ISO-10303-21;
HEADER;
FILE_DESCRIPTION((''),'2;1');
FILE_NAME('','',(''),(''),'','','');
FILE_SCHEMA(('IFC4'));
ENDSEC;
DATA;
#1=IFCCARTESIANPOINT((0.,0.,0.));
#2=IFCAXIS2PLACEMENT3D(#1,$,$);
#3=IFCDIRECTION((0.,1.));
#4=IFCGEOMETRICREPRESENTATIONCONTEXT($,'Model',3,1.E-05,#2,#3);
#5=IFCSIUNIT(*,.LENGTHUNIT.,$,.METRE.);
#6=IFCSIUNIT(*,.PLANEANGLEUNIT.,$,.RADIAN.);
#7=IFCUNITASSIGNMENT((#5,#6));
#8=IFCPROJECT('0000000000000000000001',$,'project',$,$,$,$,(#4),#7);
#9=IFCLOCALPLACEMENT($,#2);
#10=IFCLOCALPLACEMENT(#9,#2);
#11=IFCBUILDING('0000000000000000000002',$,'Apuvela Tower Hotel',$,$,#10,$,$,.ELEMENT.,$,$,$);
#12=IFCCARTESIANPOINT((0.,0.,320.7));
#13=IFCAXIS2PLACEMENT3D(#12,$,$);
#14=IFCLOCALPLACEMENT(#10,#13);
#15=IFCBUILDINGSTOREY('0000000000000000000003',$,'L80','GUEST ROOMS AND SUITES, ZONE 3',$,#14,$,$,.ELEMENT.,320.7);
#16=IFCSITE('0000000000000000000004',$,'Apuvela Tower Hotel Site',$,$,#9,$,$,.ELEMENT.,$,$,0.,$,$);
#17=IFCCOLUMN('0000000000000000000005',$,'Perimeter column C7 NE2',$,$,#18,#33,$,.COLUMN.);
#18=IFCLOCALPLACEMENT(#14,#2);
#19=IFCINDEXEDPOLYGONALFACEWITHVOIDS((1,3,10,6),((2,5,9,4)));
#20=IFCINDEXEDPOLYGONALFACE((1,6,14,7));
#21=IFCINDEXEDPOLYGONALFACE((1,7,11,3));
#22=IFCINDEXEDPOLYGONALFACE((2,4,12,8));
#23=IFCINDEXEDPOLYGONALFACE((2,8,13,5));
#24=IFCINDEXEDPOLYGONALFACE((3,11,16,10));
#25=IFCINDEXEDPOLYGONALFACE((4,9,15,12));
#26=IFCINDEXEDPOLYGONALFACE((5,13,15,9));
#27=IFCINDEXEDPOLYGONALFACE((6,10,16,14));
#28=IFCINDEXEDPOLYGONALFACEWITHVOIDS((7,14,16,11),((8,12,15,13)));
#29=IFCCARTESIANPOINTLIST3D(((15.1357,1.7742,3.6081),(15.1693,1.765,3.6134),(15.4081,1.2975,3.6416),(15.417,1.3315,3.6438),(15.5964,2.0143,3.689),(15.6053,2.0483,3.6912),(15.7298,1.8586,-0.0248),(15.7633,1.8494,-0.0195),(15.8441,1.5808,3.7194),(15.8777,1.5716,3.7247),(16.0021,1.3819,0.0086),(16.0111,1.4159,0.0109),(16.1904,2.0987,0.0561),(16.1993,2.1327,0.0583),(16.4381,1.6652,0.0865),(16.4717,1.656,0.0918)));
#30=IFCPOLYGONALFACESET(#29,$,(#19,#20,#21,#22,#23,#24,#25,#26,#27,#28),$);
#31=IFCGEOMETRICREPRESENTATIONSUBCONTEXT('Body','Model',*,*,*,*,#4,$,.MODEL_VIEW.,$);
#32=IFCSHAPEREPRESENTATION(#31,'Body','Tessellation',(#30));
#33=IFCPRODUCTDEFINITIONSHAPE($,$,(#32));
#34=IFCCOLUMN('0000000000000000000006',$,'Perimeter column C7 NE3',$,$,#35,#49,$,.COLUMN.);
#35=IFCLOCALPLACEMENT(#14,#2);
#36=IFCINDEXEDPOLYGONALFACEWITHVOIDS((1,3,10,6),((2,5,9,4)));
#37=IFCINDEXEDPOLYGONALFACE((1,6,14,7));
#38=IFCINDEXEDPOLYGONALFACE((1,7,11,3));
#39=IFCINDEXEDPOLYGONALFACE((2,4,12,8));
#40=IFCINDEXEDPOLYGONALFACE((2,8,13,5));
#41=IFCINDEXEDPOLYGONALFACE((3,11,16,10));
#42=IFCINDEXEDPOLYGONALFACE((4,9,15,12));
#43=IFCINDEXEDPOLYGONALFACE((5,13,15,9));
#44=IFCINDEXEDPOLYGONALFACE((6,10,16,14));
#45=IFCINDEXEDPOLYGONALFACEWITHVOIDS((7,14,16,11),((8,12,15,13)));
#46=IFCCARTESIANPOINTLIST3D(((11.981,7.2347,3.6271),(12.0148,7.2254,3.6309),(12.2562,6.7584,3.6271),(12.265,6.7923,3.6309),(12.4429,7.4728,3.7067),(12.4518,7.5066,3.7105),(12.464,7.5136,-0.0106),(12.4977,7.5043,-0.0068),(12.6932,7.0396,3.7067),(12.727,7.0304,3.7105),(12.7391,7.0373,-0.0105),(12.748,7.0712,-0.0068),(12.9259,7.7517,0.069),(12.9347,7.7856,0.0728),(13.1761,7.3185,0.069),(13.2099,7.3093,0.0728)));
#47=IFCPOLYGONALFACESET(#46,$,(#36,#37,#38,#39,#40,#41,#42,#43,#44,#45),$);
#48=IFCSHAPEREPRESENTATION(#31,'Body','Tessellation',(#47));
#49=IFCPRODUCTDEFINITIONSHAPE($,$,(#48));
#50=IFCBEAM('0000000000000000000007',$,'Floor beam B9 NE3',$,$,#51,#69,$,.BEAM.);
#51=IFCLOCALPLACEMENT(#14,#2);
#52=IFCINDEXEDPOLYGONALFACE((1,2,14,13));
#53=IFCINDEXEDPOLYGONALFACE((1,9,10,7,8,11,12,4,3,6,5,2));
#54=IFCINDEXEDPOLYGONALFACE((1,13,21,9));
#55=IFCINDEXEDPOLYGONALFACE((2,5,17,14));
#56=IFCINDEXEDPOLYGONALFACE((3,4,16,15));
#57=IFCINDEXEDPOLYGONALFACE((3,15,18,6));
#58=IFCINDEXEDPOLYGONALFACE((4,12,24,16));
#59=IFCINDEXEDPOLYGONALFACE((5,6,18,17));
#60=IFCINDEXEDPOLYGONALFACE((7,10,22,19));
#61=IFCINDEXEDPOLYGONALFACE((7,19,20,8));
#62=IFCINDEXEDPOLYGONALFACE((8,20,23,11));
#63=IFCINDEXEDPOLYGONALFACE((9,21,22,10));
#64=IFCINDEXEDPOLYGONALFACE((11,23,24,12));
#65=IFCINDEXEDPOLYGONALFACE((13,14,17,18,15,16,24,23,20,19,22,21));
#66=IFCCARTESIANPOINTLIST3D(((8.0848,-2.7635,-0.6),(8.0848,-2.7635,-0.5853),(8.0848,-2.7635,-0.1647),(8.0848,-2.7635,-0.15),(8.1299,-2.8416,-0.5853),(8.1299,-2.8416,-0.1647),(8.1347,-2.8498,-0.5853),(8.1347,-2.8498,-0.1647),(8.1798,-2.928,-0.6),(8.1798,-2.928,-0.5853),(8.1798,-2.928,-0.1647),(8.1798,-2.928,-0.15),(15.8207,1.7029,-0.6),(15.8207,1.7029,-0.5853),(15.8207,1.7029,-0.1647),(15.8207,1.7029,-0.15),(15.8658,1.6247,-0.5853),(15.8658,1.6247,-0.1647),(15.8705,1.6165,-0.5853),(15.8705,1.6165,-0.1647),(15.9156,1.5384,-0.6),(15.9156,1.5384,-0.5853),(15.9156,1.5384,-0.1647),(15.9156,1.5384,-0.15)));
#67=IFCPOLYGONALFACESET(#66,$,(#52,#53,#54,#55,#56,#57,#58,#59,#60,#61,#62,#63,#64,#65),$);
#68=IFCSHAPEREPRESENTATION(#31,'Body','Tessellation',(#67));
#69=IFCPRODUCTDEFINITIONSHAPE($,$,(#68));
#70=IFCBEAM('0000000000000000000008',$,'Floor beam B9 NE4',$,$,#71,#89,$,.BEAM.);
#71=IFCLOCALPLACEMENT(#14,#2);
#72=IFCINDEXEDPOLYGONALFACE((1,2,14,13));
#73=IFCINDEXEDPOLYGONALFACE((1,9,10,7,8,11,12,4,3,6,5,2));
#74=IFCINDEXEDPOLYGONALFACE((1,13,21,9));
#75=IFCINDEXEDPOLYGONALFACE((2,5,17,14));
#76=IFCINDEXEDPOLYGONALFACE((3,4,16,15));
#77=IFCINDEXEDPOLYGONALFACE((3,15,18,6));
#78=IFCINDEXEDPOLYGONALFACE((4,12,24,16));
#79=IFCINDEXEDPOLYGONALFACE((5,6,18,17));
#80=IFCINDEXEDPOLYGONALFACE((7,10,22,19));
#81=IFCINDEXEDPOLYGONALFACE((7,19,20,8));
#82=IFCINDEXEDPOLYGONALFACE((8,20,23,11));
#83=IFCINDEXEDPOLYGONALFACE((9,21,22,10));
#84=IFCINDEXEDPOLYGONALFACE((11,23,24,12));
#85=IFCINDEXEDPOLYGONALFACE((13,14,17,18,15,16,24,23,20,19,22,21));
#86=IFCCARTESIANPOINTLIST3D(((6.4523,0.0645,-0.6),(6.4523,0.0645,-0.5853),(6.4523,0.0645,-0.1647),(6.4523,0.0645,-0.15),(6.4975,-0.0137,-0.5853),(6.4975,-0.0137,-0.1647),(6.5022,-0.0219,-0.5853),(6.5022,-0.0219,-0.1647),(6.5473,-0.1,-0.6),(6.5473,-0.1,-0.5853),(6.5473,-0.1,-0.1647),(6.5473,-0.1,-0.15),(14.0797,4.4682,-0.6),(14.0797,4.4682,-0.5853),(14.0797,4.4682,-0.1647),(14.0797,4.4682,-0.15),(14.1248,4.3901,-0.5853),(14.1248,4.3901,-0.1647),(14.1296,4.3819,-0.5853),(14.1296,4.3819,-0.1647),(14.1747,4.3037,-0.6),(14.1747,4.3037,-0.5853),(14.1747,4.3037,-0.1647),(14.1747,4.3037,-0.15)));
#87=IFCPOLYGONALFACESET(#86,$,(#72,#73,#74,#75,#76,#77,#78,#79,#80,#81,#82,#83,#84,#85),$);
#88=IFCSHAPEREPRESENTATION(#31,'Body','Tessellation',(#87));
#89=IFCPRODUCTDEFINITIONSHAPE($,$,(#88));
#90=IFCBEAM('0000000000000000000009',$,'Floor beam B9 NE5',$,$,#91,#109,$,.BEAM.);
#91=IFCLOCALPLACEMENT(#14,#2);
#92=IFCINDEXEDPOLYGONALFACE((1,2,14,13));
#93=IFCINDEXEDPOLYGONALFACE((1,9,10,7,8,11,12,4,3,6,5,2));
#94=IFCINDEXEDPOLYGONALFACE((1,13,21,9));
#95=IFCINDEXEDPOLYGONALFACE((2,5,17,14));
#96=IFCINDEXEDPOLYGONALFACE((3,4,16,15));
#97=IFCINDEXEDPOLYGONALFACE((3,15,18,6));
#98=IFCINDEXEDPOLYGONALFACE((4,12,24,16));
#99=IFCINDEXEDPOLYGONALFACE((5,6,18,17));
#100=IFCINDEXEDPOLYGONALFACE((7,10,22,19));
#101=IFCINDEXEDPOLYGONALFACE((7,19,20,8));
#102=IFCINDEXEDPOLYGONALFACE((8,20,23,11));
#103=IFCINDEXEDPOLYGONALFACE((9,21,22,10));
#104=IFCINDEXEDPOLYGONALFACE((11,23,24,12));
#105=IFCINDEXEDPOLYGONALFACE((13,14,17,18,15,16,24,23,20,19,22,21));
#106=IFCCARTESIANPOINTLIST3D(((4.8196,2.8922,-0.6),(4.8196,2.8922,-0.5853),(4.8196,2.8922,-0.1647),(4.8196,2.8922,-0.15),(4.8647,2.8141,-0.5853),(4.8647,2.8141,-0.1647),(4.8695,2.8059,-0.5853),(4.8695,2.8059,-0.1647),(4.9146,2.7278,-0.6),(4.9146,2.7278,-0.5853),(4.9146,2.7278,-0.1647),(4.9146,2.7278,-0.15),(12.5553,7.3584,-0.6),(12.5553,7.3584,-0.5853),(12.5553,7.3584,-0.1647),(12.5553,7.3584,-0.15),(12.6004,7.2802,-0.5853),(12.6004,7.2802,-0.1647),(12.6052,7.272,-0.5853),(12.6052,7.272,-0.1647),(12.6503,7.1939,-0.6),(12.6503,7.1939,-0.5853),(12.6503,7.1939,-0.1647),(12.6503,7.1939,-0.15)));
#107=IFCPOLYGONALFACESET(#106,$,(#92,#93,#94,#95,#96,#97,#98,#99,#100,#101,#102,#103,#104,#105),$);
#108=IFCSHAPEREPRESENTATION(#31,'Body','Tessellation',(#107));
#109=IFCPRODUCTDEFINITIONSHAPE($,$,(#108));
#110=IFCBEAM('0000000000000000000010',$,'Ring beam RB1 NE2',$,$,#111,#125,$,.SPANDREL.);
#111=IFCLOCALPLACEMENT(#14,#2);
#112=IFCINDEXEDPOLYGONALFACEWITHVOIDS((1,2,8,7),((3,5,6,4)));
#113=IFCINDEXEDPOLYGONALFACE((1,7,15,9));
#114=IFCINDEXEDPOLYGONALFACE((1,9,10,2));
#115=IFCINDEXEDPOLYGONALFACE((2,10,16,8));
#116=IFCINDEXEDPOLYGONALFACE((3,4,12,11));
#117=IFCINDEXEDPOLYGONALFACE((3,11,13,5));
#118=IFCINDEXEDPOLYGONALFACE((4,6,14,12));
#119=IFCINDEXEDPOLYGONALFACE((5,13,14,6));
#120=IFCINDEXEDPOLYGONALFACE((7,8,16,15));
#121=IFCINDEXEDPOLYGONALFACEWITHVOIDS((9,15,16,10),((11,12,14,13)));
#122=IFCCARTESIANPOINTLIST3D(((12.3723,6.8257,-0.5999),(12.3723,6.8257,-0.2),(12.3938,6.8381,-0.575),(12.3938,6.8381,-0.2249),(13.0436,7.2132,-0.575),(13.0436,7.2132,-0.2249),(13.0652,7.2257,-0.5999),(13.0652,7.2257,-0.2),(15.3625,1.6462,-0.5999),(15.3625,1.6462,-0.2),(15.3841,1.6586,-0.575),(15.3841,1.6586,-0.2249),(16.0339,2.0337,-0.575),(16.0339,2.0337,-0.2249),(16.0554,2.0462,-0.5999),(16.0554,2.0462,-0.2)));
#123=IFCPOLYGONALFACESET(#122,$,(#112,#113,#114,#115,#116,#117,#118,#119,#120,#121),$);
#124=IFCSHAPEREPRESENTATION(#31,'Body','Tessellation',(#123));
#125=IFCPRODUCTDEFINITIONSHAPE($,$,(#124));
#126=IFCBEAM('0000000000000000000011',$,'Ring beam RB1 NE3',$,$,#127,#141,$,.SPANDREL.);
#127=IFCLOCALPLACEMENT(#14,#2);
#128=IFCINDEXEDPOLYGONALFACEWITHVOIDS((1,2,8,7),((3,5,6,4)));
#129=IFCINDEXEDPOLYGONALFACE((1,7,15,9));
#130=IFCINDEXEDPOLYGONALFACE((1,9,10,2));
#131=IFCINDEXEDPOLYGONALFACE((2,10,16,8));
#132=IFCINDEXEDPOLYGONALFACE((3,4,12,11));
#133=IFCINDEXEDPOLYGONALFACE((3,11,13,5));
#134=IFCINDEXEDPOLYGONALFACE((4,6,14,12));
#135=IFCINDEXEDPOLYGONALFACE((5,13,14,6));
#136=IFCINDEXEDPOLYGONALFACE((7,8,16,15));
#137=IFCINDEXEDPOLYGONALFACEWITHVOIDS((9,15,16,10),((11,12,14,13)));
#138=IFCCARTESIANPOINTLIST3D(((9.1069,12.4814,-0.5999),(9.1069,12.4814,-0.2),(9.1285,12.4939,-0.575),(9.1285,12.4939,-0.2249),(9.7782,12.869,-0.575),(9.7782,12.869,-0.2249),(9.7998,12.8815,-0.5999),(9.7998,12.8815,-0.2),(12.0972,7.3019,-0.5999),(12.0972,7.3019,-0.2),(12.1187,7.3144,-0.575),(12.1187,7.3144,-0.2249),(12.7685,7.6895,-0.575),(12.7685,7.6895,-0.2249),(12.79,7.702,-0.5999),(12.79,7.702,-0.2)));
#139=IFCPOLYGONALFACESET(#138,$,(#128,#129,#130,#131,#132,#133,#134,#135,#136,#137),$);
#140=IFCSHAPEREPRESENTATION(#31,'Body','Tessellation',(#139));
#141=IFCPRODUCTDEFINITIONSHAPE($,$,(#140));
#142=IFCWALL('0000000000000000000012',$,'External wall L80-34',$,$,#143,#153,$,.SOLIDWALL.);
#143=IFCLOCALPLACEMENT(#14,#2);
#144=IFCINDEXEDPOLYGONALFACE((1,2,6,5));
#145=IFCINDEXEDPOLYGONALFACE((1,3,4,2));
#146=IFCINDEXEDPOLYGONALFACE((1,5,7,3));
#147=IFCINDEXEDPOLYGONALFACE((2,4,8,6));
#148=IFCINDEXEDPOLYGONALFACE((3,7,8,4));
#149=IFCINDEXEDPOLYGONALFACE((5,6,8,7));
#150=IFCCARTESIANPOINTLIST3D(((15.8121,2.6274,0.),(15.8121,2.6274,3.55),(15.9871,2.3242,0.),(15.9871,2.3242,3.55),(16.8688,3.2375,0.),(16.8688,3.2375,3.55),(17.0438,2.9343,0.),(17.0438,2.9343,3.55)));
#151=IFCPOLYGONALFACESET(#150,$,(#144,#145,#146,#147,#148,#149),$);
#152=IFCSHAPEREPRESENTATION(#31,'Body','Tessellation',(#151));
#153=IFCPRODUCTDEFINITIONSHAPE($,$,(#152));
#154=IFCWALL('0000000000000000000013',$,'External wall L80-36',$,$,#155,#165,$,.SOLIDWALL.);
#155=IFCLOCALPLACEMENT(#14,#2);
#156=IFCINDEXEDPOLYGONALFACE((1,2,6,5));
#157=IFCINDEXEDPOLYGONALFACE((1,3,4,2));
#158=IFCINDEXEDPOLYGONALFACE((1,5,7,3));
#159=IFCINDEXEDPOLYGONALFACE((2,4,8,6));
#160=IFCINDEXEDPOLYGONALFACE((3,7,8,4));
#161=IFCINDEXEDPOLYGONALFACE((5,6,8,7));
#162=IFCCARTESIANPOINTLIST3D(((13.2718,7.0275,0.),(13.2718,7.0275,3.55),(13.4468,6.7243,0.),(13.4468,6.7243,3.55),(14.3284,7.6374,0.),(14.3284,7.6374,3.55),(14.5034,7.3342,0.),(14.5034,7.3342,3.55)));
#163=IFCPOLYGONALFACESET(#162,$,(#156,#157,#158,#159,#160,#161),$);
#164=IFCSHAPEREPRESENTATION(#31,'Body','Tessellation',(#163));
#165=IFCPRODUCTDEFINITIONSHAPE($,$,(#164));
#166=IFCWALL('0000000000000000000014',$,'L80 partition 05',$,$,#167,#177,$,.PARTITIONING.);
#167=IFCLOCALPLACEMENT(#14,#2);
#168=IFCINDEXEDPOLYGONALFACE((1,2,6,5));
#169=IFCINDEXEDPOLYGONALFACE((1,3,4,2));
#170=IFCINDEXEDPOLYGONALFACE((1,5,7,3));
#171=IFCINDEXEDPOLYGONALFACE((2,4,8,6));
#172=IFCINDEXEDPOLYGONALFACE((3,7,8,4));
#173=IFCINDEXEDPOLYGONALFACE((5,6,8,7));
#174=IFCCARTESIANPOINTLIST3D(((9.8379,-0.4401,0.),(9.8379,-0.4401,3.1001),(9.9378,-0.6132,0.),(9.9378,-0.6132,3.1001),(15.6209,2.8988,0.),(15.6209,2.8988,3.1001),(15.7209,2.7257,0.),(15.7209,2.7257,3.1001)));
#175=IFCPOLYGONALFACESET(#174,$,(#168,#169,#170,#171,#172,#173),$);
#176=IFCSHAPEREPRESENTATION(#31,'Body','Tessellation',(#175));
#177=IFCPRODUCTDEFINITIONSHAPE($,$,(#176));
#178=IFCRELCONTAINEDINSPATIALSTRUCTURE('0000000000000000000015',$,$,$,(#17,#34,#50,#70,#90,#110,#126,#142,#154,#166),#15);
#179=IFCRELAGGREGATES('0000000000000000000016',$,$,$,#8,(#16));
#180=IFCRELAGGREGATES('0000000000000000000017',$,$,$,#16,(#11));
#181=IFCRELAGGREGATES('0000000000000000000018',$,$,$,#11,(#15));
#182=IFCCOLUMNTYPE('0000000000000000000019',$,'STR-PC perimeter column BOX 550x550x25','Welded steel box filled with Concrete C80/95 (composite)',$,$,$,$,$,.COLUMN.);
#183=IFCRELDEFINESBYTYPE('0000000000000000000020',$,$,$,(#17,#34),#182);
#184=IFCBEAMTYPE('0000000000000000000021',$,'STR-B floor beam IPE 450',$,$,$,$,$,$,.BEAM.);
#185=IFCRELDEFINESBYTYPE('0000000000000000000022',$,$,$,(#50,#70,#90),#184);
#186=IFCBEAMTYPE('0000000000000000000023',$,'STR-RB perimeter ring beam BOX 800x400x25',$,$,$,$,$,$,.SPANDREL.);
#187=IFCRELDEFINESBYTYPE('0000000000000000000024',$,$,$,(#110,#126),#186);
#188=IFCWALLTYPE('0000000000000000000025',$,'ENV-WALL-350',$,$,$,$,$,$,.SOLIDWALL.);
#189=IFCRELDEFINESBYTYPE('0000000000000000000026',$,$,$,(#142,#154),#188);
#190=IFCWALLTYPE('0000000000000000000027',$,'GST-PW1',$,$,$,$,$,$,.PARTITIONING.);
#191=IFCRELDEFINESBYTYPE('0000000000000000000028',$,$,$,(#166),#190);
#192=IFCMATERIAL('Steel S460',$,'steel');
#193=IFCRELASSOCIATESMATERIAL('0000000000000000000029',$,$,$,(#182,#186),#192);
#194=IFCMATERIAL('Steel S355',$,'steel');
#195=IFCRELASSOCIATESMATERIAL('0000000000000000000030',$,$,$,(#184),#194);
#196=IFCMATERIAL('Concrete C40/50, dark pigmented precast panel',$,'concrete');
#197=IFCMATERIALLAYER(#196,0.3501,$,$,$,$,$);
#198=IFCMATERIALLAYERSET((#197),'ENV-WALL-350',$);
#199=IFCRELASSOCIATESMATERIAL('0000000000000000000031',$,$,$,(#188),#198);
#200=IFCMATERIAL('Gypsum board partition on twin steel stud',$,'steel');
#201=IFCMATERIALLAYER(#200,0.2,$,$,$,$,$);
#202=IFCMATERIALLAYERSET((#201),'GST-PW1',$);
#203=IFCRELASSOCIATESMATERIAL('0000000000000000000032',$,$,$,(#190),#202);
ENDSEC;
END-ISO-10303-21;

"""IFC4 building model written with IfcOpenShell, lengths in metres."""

from ifc_helpers import new_model, si_unit, direction, frame, frame_2d, origin, origin_2d, place, context, subcontext, project, spatial, rectangle, hollow_rectangle, i_section, extrude, boolean, halfspace, material, layer, layer_set, material_profile, profile_set, type_object, element, save


model = new_model("IFC4")

# Units and contexts
model_context = context("Model", 3, precision=1e-05, world=origin(), true_north=direction((0.0, 1.0)))
body_context = subcontext(model_context, "Body", "Model", "MODEL_VIEW")
ifc_project = project(units=[si_unit("LENGTHUNIT", "METRE"), si_unit("PLANEANGLEUNIT", "RADIAN")], contexts=[model_context])

# Site, building, storey
site_placement = place(None, origin())
site = spatial("IfcSite", under=ifc_project, at=site_placement, Name="Apuvela Tower Hotel Site", CompositionType="ELEMENT", RefElevation=0.0)
building_placement = place(site_placement, origin())
building = spatial("IfcBuilding", under=site, at=building_placement, Name="Apuvela Tower Hotel", CompositionType="ELEMENT")
storey_placement = place(building_placement, frame((0.0, 0.0, 320.7)))
storey = spatial("IfcBuildingStorey", under=building, at=storey_placement, Name="L80", Description="GUEST ROOMS AND SUITES, ZONE 3", CompositionType="ELEMENT", Elevation=320.7)

# Columns
ifc_material_1 = material(Name="Steel S460", Category="steel")
ifc_material_profile_1 = material_profile(ifc_material_1, hollow_rectangle(XDim=0.55, YDim=0.55, WallThickness=0.0249, at=origin_2d()), Name="BOX 550x550x25")
ifc_material_2 = material(Name="Concrete C80/95", Category="concrete")
ifc_material_profile_2 = material_profile(ifc_material_2, rectangle(XDim=0.5, YDim=0.5, at=origin_2d()), Name="Concrete C80/95 infill")
ifc_profile_set_1 = profile_set([ifc_material_profile_1, ifc_material_profile_2], Name="Steel S460")
column_type = type_object("IfcColumnType", Name="STR-PC perimeter column BOX 550x550x25", Description="Welded steel box filled with Concrete C80/95 (composite)", PredefinedType="COLUMN", material=ifc_profile_set_1)
column_1_placement = place(storey_placement, frame((16.1062, 1.7581, 0.0), z_axis=(-0.161325, -0.022916, 0.986635), x_axis=(0.495162, -0.866668, 0.060834)))
element("IfcColumn", 1, at=column_1_placement, inside=storey, type_object=column_type, Name="Perimeter column C7 NE2", PredefinedType="COLUMN", context=body_context, shape_type="SweptSolid", body=[
    boolean("DIFFERENCE", boolean("DIFFERENCE", extrude(hollow_rectangle(XDim=0.55, YDim=0.55, WallThickness=0.0249, at=origin_2d()), origin(), (0.0, 0.0, 1.0), 3.75), halfspace(frame((0.0, 0.0, 0.0339), z_axis=(0.0, 0.0, 1.0), x_axis=(1.0, 0.0, 0.0)), True)), halfspace(frame((0.0, 0.0, 3.7161), z_axis=(0.0, 0.0, 1.0), x_axis=(1.0, 0.0, 0.0)), False)),
])
column_2_placement = place(storey_placement, frame((12.8411, 7.4138, 0.0), z_axis=(-0.131228, -0.075789, 0.988451), x_axis=(0.500239, -0.865887, 0.000021)))
element("IfcColumn", 2, at=column_2_placement, inside=storey, type_object=column_type, Name="Perimeter column C7 NE3", PredefinedType="COLUMN", context=body_context, shape_type="SweptSolid", body=[
    boolean("DIFFERENCE", boolean("DIFFERENCE", extrude(hollow_rectangle(XDim=0.55, YDim=0.55, WallThickness=0.0249, at=origin_2d()), origin(), (0.0, 0.0, 1.0), 3.7432), halfspace(frame((0.0, 0.0, 0.0315), z_axis=(0.0, 0.0, 1.0), x_axis=(1.0, 0.0, 0.0)), True)), halfspace(frame((0.0, 0.0, 3.7117), z_axis=(0.0, 0.0, 1.0), x_axis=(1.0, 0.0, 0.0)), False)),
])

# Beams
ifc_material_3 = material(Name="Steel S355", Category="steel")
ifc_material_profile_3 = material_profile(ifc_material_3, i_section(OverallWidth=0.1899, OverallDepth=0.45, WebThickness=0.0095, FlangeThickness=0.0146, at=origin_2d()), Name="IPE 450")
ifc_profile_set_2 = profile_set([ifc_material_profile_3], Name="Steel S355")
beam_type_1 = type_object("IfcBeamType", Name="STR-B floor beam IPE 450", PredefinedType="BEAM", material=ifc_profile_set_2)
beam_1_placement = place(storey_placement, frame((15.8682, 1.6206, -0.375), z_axis=(-0.866024, -0.500002, 0.0), x_axis=(0.500002, -0.866024, 0.0)))
element("IfcBeam", 3, at=beam_1_placement, inside=storey, type_object=beam_type_1, Name="Floor beam B9 NE3", PredefinedType="BEAM", context=body_context, shape_type="SweptSolid", body=[
    extrude(i_section(OverallWidth=0.1899, OverallDepth=0.45, WebThickness=0.0095, FlangeThickness=0.0146, at=origin_2d()), origin(), (0.0, 0.0, 1.0), 8.9326),
])
beam_2_placement = place(storey_placement, frame((14.1272, 4.386, -0.375), z_axis=(-0.86602, -0.500009, 0.0), x_axis=(0.500009, -0.86602, 0.0)))
element("IfcBeam", 4, at=beam_2_placement, inside=storey, type_object=beam_type_1, Name="Floor beam B9 NE4", PredefinedType="BEAM", context=body_context, shape_type="SweptSolid", body=[
    extrude(i_section(OverallWidth=0.1899, OverallDepth=0.45, WebThickness=0.0095, FlangeThickness=0.0146, at=origin_2d()), origin(), (0.0, 0.0, 1.0), 8.8074),
])
beam_3_placement = place(storey_placement, frame((12.6028, 7.2761, -0.375), z_axis=(-0.866029, -0.499993, 0.0), x_axis=(0.499993, -0.866029, 0.0)))
element("IfcBeam", 5, at=beam_3_placement, inside=storey, type_object=beam_type_1, Name="Floor beam B9 NE5", PredefinedType="BEAM", context=body_context, shape_type="SweptSolid", body=[
    extrude(i_section(OverallWidth=0.1899, OverallDepth=0.45, WebThickness=0.0095, FlangeThickness=0.0146, at=origin_2d()), origin(), (0.0, 0.0, 1.0), 8.9324),
])
ifc_material_profile_4 = material_profile(ifc_material_1, hollow_rectangle(XDim=0.8, YDim=0.3999, WallThickness=0.0249, at=origin_2d()), Name="BOX 800x400x25")
ifc_profile_set_3 = profile_set([ifc_material_profile_4], Name="Steel S460")
beam_type_2 = type_object("IfcBeamType", Name="STR-RB perimeter ring beam BOX 800x400x25", PredefinedType="SPANDREL", material=ifc_profile_set_3)
for number, where, z_axis, x_axis, name in (
    (6, (15.709, 1.8462, -0.3999), (-0.499985, 0.866034, 0.0), (-0.866034, -0.499985, 0.0), "Ring beam RB1 NE2"),
    (7, (12.4436, 7.502, -0.3999), (-0.499985, 0.866034, 0.0), (-0.866034, -0.499985, 0.0), "Ring beam RB1 NE3"),
):
    element("IfcBeam", number, at=place(storey_placement, frame(where, z_axis=z_axis, x_axis=x_axis)), inside=storey, type_object=beam_type_2, Name=name, PredefinedType="SPANDREL", context=body_context, shape_type="SweptSolid", body=[
        extrude(hollow_rectangle(XDim=0.8, YDim=0.3999, WallThickness=0.0249, at=origin_2d()), origin(), (0.0, 0.0, 1.0), 5.9807),
    ])

# Wall
ifc_material_4 = material(Name="Concrete C40/50, dark pigmented precast panel", Category="concrete")
ifc_layer_1 = layer(ifc_material_4, 0.3501)
ifc_layer_set_1 = layer_set([ifc_layer_1], Name="ENV-WALL-350")
wall_type_1 = type_object("IfcWallType", Name="ENV-WALL-350", PredefinedType="SOLIDWALL", material=ifc_layer_set_1)
wall_1_placement = place(storey_placement, frame((16.9563, 3.0859, 0.0), z_axis=(0.0, 0.0, 1.0), x_axis=(-0.866006, -0.500034, 0.0)))
element("IfcWall", 8, at=wall_1_placement, inside=storey, type_object=wall_type_1, Name="External wall L80-34", PredefinedType="SOLIDWALL", context=body_context, shape_type="SweptSolid", body=[
    extrude(rectangle(XDim=1.2202, YDim=0.3501, at=frame_2d((0.6101, 0.0))), origin(), (0.0, 0.0, 1.0), 3.55),
])

# Wall
wall_2_placement = place(storey_placement, frame((13.3594, 6.876, 0.0), z_axis=(0.0, 0.0, 1.0), x_axis=(0.866092, 0.499884, 0.0)))
element("IfcWall", 9, at=wall_2_placement, inside=storey, type_object=wall_type_1, Name="External wall L80-36", PredefinedType="SOLIDWALL", context=body_context, shape_type="SweptSolid", body=[
    extrude(rectangle(XDim=1.22, YDim=0.3501, at=frame_2d((0.6099, 0.0))), origin(), (0.0, 0.0, 1.0), 3.55),
])

# Wall
ifc_material_5 = material(Name="Gypsum board partition on twin steel stud", Category="steel")
ifc_layer_2 = layer(ifc_material_5, 0.2)
ifc_layer_set_2 = layer_set([ifc_layer_2], Name="GST-PW1")
wall_type_2 = type_object("IfcWallType", Name="GST-PW1", PredefinedType="PARTITIONING", material=ifc_layer_set_2)
wall_3_placement = place(storey_placement, frame((15.6709, 2.8123, 0.0), z_axis=(0.0, 0.0, 1.0), x_axis=(-0.866021, -0.500008, 0.0)))
element("IfcWall", 10, at=wall_3_placement, inside=storey, type_object=wall_type_2, Name="L80 partition 05", PredefinedType="PARTITIONING", context=body_context, shape_type="SweptSolid", body=[
    extrude(rectangle(XDim=6.6777, YDim=0.2, at=frame_2d((3.3389, 0.0))), origin(), (0.0, 0.0, 1.0), 3.1001),
])

save(model, "model.ifc")
